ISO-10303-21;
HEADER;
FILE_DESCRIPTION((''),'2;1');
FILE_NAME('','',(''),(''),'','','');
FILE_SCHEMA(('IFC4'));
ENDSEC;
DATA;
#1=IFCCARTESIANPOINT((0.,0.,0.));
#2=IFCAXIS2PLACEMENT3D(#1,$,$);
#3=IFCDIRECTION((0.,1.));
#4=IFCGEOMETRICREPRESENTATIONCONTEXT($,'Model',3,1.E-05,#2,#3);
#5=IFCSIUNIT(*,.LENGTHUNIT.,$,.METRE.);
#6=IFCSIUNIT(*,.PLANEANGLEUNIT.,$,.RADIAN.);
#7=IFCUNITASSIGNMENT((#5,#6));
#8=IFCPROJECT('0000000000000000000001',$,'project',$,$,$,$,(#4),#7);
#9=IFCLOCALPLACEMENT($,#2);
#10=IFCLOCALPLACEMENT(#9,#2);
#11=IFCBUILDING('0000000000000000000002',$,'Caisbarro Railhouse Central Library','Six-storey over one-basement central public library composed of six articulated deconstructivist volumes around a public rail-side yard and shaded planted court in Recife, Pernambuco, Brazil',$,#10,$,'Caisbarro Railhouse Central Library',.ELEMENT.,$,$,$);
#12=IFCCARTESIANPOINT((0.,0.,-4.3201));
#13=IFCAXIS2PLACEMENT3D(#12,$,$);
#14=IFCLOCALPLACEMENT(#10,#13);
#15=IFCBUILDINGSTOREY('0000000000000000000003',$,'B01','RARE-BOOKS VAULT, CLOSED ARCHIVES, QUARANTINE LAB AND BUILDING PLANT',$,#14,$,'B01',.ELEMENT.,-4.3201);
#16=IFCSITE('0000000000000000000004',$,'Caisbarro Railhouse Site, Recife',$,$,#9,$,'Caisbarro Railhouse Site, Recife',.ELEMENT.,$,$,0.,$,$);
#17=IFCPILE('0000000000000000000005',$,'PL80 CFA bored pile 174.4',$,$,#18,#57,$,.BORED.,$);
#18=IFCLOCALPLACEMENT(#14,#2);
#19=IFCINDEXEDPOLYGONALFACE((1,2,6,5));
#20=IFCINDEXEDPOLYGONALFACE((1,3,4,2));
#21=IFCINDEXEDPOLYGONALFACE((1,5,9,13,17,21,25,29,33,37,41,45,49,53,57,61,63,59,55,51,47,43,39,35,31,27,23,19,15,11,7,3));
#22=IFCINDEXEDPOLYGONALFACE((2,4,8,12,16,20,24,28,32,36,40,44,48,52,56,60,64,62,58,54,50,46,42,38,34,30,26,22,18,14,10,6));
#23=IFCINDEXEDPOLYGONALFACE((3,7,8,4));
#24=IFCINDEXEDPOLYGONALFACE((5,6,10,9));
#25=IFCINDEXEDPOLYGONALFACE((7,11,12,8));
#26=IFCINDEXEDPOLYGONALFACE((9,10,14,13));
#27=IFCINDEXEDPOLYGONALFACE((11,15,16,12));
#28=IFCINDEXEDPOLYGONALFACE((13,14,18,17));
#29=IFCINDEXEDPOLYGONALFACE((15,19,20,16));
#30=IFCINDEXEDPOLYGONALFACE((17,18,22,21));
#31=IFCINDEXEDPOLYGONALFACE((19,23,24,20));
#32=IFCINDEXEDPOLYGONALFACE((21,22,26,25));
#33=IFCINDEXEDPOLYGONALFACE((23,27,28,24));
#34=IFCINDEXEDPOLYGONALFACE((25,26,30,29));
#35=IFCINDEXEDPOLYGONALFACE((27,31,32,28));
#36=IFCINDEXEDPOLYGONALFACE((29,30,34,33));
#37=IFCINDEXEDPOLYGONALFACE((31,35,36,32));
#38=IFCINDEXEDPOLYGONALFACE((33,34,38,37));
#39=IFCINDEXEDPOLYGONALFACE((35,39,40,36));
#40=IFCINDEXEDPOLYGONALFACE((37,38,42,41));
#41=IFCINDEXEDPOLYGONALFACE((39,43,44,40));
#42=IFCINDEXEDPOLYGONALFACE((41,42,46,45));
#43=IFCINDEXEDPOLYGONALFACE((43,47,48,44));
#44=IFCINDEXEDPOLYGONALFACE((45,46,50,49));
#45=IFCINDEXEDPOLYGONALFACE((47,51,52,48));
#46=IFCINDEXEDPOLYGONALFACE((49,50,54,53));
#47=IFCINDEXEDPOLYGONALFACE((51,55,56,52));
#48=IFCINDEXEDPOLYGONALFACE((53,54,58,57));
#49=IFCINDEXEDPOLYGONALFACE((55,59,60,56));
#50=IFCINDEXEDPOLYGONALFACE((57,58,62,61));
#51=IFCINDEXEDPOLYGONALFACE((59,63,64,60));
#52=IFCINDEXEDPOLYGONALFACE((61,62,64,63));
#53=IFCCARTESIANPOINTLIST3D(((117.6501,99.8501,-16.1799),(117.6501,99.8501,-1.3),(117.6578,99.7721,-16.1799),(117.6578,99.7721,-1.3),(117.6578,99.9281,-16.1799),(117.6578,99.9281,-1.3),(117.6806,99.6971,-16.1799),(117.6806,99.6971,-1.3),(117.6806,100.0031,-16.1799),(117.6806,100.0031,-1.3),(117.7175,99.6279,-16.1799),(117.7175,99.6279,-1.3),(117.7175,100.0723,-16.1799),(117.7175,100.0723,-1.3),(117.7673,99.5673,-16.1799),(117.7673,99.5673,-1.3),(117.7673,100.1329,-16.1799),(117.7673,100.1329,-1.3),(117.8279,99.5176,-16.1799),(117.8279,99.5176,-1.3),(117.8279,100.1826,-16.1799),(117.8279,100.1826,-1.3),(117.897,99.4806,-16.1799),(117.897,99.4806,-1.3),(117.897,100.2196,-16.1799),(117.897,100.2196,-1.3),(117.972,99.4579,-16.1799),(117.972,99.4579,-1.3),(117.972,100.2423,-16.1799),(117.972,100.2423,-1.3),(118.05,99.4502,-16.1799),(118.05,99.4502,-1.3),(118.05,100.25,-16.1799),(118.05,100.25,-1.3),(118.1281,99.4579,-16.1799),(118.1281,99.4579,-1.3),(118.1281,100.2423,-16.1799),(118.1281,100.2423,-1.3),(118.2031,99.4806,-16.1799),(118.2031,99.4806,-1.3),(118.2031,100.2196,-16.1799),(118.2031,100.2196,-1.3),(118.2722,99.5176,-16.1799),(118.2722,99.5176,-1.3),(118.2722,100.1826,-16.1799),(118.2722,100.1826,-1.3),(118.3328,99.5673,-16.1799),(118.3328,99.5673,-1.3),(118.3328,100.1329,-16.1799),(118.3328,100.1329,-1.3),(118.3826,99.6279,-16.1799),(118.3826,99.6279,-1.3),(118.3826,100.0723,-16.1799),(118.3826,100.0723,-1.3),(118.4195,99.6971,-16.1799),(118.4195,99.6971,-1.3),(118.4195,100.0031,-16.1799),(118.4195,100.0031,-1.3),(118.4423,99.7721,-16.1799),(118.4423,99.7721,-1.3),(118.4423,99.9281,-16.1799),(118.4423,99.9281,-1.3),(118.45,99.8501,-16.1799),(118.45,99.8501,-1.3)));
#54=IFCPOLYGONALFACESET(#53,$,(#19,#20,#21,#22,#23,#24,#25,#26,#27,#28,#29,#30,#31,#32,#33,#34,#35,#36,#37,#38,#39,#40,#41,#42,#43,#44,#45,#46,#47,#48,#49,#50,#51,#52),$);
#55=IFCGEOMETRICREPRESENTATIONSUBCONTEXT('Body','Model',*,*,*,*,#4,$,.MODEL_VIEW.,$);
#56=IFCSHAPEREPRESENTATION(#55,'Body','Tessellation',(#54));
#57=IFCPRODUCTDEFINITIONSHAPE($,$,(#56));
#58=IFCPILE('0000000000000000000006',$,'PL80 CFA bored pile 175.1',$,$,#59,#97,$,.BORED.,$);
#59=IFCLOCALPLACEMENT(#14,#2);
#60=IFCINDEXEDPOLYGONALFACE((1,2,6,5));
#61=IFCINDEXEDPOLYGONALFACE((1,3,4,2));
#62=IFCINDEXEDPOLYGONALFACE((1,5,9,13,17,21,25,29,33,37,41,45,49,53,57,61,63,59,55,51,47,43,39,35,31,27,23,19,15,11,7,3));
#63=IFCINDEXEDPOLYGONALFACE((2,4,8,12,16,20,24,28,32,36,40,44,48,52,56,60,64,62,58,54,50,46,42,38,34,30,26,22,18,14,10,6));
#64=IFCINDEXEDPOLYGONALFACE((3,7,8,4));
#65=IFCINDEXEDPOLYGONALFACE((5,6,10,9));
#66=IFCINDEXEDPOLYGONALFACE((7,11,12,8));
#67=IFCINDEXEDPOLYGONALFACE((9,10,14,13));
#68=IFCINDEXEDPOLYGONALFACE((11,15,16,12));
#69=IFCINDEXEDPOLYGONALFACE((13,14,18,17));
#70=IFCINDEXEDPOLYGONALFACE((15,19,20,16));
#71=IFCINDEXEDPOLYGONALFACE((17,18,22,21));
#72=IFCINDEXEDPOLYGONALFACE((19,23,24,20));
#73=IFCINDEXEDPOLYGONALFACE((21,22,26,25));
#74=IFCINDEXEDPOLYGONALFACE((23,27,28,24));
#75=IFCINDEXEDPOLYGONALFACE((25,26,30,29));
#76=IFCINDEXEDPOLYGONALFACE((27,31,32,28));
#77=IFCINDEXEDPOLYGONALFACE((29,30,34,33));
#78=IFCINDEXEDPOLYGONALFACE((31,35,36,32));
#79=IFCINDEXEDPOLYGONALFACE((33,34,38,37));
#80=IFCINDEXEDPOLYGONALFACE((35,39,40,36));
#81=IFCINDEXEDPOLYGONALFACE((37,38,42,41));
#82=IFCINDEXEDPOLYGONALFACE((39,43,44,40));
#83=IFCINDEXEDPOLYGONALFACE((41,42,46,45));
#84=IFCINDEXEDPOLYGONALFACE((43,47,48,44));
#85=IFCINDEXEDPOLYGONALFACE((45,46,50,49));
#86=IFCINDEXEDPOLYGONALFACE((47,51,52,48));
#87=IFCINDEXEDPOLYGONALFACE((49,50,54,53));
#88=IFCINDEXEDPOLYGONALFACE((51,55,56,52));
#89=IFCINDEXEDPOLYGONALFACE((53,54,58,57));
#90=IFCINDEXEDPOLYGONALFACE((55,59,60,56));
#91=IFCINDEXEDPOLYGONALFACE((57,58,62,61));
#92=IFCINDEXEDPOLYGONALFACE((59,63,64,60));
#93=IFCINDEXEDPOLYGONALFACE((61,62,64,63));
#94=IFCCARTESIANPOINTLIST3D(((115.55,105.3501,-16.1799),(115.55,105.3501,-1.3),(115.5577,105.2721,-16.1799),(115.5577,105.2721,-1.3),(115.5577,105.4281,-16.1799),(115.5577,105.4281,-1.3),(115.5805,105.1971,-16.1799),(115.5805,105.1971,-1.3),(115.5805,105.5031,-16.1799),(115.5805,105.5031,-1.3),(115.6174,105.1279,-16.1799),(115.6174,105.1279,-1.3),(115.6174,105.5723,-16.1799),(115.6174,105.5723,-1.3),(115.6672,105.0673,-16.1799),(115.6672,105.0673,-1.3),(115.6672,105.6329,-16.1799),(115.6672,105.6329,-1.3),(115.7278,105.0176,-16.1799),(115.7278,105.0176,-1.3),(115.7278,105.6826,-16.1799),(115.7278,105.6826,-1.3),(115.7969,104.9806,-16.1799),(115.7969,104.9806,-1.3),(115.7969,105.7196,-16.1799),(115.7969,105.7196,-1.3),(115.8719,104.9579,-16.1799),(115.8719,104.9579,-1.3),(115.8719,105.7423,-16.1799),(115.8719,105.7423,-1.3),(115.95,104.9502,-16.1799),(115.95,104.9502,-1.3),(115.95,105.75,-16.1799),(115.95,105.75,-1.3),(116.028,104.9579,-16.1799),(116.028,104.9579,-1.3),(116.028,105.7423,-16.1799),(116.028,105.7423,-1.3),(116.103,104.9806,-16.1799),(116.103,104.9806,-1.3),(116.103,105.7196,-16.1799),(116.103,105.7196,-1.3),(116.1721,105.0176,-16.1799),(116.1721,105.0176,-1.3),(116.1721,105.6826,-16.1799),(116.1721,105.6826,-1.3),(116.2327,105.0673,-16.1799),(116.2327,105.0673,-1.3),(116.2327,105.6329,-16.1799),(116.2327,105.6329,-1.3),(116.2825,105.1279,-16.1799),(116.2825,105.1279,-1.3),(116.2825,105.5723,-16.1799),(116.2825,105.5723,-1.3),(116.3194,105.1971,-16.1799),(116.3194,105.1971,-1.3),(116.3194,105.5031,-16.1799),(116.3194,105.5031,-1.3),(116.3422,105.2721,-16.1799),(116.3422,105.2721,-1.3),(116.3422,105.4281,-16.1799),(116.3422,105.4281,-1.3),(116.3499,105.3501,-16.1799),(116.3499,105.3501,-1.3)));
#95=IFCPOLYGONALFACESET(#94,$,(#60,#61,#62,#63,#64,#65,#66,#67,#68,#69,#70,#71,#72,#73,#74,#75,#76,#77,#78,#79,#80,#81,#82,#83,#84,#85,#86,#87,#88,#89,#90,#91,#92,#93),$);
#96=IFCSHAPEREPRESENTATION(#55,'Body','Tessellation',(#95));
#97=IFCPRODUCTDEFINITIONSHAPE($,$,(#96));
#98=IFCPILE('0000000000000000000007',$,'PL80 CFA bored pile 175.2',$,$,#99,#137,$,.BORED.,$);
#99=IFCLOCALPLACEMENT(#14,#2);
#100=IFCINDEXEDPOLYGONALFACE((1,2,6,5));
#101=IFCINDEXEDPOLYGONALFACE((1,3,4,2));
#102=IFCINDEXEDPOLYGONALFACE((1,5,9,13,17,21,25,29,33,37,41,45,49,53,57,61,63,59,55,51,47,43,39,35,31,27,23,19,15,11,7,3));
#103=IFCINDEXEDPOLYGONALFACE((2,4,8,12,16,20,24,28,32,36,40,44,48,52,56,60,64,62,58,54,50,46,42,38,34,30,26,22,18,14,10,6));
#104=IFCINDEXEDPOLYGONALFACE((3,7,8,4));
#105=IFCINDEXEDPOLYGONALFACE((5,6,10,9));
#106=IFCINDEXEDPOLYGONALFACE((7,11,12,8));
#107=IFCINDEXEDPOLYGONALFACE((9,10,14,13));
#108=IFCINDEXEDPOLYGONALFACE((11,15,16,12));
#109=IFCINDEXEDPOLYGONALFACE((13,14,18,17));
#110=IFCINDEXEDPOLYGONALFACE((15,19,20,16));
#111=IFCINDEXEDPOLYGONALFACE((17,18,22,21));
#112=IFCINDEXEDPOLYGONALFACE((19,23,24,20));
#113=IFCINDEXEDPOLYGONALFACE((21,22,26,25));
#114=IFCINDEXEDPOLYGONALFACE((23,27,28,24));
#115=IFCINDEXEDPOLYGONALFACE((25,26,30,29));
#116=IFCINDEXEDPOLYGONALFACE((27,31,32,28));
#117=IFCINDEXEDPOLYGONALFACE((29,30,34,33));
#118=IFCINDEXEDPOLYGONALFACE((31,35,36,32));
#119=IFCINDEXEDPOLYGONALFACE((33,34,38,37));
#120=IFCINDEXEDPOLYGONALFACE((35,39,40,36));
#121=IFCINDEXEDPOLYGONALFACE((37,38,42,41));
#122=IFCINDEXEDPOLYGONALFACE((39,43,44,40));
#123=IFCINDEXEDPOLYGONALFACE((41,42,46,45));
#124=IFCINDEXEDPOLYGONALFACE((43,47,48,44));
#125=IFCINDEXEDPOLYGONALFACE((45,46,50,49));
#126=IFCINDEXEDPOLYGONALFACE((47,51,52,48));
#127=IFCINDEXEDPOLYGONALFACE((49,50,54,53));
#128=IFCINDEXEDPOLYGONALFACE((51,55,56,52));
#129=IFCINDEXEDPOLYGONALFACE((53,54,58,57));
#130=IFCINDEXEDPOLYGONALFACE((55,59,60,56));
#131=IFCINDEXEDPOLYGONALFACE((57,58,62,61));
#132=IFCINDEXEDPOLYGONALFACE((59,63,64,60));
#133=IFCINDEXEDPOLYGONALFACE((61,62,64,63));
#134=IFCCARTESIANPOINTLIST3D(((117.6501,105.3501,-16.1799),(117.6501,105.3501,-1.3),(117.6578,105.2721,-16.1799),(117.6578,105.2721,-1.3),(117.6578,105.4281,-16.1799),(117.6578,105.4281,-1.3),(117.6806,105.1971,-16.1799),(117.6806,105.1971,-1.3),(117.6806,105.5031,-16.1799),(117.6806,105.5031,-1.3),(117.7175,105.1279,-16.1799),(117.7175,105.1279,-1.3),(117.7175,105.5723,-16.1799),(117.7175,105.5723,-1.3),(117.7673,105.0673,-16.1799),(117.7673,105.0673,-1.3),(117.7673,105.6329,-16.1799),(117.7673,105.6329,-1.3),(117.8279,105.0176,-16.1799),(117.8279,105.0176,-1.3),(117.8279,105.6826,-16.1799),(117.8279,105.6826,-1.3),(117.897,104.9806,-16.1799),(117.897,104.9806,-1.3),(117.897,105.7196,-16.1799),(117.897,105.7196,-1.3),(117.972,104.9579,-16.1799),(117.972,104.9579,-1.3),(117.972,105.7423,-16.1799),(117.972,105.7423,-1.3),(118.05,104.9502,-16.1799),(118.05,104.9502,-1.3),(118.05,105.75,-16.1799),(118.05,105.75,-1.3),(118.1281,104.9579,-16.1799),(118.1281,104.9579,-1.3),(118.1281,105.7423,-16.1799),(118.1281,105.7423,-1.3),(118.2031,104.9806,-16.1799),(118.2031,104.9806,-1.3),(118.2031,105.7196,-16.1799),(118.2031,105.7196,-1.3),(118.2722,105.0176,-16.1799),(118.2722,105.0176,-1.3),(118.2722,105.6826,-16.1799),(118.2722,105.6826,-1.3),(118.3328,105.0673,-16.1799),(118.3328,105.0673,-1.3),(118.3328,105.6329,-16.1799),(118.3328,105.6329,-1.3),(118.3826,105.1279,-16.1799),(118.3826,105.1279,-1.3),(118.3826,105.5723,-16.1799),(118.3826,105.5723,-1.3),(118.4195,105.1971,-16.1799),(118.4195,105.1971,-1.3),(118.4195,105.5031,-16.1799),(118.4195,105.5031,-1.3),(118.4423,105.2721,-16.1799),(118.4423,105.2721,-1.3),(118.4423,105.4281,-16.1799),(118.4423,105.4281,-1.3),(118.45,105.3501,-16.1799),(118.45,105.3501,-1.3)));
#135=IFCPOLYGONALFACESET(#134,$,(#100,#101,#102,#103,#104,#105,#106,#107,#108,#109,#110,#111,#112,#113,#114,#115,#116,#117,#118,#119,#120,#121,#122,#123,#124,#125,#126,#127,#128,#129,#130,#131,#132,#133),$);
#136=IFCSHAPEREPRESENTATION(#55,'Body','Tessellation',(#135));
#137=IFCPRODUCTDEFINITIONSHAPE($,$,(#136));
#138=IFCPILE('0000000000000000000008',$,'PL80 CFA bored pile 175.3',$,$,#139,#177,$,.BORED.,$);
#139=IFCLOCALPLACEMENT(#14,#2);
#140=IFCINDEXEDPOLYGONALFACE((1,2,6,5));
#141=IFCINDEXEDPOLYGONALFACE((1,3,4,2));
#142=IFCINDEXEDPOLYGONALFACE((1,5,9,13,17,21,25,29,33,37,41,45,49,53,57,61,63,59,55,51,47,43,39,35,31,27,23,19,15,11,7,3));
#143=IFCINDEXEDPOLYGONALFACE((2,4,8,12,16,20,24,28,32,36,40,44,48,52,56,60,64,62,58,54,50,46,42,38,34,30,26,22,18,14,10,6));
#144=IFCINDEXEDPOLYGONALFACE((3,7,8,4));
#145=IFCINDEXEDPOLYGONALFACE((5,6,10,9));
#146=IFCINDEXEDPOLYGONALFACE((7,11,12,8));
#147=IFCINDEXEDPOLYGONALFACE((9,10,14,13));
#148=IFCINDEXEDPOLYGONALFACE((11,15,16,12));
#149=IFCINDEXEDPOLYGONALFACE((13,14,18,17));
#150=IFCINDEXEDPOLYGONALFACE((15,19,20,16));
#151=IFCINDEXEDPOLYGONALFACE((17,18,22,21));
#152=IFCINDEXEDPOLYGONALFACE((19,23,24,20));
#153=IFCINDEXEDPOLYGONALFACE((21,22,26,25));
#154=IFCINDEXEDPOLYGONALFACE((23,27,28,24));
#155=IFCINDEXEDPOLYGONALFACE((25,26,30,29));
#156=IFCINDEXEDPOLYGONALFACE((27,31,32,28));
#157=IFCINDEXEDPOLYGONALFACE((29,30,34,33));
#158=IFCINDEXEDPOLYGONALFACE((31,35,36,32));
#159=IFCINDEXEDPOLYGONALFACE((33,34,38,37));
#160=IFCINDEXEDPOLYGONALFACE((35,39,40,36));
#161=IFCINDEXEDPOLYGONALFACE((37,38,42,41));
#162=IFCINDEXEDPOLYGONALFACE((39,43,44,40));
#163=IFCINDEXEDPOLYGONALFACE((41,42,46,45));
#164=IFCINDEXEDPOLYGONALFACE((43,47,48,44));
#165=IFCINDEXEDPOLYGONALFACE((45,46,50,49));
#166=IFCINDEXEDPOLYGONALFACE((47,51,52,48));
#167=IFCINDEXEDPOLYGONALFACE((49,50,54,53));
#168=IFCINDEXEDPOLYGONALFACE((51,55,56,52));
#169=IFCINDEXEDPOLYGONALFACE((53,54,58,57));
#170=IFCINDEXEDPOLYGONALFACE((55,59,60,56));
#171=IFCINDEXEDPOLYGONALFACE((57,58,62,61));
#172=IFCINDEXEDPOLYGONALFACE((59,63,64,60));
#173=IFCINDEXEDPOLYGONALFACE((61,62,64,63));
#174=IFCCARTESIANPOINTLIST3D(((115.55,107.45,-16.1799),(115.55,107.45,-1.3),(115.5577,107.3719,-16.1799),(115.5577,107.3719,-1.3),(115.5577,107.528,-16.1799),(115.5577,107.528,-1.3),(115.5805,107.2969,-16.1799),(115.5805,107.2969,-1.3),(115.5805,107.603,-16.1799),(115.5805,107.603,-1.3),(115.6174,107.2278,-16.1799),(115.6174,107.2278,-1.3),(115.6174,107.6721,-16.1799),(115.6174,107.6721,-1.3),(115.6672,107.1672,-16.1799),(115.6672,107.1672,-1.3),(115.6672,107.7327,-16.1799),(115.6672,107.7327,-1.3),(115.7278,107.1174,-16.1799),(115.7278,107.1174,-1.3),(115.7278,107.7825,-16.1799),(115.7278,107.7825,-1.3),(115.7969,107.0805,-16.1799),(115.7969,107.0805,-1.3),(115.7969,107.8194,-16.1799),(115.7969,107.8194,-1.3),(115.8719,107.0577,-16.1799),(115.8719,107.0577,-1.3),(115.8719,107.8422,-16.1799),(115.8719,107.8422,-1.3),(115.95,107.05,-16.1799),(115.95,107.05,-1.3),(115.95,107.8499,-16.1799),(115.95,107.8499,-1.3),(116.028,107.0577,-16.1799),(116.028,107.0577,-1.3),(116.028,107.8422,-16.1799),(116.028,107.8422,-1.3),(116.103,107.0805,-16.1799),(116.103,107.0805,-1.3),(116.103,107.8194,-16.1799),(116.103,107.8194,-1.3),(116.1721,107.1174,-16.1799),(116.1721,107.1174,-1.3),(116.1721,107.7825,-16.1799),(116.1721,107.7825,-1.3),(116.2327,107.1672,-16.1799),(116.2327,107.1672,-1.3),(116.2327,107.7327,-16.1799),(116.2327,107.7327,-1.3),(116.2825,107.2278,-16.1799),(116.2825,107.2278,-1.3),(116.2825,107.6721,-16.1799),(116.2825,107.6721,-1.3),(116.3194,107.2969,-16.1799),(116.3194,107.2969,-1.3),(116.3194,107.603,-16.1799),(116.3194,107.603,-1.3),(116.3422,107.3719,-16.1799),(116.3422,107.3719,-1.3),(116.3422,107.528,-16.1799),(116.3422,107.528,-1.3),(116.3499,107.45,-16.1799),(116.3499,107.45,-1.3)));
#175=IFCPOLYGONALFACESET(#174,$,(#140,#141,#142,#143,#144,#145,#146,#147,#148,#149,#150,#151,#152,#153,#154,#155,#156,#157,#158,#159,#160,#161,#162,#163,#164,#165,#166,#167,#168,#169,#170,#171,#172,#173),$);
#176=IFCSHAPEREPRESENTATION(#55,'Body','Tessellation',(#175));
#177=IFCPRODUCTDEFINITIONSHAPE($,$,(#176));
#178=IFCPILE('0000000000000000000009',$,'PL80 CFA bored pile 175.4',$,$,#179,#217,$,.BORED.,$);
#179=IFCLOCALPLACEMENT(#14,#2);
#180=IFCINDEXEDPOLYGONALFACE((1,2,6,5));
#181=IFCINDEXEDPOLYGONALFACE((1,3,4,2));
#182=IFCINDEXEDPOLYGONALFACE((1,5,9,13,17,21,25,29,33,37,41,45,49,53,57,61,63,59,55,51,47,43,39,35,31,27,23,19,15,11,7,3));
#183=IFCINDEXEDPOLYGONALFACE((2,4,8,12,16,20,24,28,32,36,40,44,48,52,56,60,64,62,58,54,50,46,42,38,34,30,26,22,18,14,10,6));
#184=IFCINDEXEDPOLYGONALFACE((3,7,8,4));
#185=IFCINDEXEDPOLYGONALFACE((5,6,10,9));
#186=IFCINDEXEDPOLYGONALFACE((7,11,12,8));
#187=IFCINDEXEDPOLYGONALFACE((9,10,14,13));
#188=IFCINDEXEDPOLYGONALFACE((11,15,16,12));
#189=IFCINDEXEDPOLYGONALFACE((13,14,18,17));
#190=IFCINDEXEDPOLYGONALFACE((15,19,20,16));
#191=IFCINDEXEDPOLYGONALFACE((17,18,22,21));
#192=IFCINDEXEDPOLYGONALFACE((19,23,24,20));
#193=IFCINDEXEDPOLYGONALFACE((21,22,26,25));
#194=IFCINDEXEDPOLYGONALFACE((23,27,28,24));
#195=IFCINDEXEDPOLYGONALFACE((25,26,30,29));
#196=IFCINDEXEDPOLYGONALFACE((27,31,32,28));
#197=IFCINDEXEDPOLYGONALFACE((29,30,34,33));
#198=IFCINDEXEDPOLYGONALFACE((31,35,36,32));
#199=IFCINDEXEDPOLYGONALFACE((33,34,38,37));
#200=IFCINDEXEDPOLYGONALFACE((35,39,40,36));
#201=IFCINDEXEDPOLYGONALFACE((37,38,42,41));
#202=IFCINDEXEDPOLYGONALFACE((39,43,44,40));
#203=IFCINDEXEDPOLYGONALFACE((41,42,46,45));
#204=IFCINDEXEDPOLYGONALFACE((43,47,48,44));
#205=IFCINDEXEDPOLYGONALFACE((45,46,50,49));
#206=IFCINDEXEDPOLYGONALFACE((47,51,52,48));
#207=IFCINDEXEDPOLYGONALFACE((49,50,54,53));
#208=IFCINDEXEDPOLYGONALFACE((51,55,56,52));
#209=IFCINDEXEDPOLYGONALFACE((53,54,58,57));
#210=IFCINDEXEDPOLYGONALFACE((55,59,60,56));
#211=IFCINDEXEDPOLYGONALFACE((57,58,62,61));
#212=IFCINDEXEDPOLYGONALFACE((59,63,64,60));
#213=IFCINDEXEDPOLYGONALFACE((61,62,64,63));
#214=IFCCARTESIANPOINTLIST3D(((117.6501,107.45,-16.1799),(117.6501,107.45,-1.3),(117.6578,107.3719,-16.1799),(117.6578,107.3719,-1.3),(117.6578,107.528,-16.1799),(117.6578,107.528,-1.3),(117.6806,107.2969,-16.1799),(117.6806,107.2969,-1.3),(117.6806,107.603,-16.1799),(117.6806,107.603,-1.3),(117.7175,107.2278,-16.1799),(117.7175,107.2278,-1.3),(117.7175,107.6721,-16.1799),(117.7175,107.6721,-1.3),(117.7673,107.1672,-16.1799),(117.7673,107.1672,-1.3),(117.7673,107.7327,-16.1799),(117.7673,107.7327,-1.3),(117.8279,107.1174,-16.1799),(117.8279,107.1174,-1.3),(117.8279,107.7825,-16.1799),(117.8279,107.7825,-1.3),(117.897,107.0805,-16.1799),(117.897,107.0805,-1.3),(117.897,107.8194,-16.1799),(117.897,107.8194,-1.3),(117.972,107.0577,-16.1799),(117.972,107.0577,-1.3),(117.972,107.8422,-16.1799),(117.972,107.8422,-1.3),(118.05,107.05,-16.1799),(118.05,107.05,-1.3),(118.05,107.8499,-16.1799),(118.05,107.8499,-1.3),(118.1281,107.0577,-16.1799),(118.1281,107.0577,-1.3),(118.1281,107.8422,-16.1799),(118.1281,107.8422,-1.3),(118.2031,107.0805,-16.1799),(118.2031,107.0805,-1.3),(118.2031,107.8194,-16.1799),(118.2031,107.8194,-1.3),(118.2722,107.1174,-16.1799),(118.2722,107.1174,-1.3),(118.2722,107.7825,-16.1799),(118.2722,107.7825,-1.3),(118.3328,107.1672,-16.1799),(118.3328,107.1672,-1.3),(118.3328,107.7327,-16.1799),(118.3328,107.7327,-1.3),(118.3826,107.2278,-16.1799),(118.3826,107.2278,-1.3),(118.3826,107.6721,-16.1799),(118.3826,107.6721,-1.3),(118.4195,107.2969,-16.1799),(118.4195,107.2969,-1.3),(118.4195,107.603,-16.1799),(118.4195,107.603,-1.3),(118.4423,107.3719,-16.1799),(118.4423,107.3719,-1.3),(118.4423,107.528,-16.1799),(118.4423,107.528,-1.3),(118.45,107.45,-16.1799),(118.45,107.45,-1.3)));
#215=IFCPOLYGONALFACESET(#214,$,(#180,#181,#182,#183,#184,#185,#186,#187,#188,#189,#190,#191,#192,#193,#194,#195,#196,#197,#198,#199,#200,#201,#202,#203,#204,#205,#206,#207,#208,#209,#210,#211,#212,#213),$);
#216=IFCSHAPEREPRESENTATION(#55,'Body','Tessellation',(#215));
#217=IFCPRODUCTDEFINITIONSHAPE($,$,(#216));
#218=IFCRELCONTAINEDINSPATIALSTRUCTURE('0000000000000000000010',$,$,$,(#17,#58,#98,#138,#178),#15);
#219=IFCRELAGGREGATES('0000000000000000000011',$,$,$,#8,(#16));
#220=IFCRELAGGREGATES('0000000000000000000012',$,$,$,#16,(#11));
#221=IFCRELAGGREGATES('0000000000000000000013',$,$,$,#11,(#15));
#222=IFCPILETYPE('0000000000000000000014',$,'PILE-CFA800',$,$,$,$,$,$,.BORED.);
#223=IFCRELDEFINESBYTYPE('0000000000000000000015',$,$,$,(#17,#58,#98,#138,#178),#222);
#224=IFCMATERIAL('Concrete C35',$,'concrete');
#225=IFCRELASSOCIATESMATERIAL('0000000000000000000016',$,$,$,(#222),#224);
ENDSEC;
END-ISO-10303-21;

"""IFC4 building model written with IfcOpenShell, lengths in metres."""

from ifc_helpers import new_model, si_unit, direction, frame, origin, origin_2d, place, context, subcontext, project, spatial, circle, extrude, material, material_profile, profile_set, type_object, element, save


model = new_model("IFC4")

# Units and contexts
model_context = context("Model", 3, precision=1e-05, world=origin(), true_north=direction((0.0, 1.0)))
body_context = subcontext(model_context, "Body", "Model", "MODEL_VIEW")
ifc_project = project(units=[si_unit("LENGTHUNIT", "METRE"), si_unit("PLANEANGLEUNIT", "RADIAN")], contexts=[model_context])

# Site, building, storey
site_placement = place(None, origin())
site = spatial("IfcSite", under=ifc_project, at=site_placement, Name="Caisbarro Railhouse Site, Recife", LongName="Caisbarro Railhouse Site, Recife", CompositionType="ELEMENT", RefElevation=0.0)
building_placement = place(site_placement, origin())
building = spatial("IfcBuilding", under=site, at=building_placement, Name="Caisbarro Railhouse Central Library", Description="Six-storey over one-basement central public library composed of six articulated deconstructivist volumes around a public rail-side yard and shaded planted court in Recife, Pernambuco, Brazil", LongName="Caisbarro Railhouse Central Library", CompositionType="ELEMENT")
storey_placement = place(building_placement, frame((0.0, 0.0, -4.3201)))
storey = spatial("IfcBuildingStorey", under=building, at=storey_placement, Name="B01", Description="RARE-BOOKS VAULT, CLOSED ARCHIVES, QUARANTINE LAB AND BUILDING PLANT", LongName="B01", CompositionType="ELEMENT", Elevation=-4.3201)

# Shared definitions
ifc_material_1 = material(Name="Concrete C35", Category="concrete")

# Piles
ifc_material_profile_1 = material_profile(ifc_material_1, circle(Radius=0.3999, at=origin_2d()), Name="PILE-CFA-800")
ifc_profile_set_1 = profile_set([ifc_material_profile_1], Name="Concrete C35")
pile_type_1 = type_object("IfcPileType", Name="PILE-CFA800", PredefinedType="BORED", material=ifc_profile_set_1)
for number, where, z_axis, x_axis, name in (
    (1, (118.05, 99.8501, -1.3), (0.0, 0.0, -1.0), (1.0, 0.0, 0.0), "PL80 CFA bored pile 174.4"),
    (2, (115.95, 105.3501, -1.3), (0.0, 0.0, -1.0), (1.0, 0.0, 0.0), "PL80 CFA bored pile 175.1"),
    (3, (118.05, 105.3501, -1.3), (0.0, 0.0, -1.0), (1.0, 0.0, 0.0), "PL80 CFA bored pile 175.2"),
    (4, (115.95, 107.45, -1.3), (0.0, 0.0, -1.0), (1.0, 0.0, 0.0), "PL80 CFA bored pile 175.3"),
    (5, (118.05, 107.45, -1.3), (0.0, 0.0, -1.0), (1.0, 0.0, 0.0), "PL80 CFA bored pile 175.4"),
):
    element("IfcPile", number, at=place(storey_placement, frame(where, z_axis=z_axis, x_axis=x_axis)), inside=storey, type_object=pile_type_1, Name=name, PredefinedType="BORED", context=body_context, shape_type="SweptSolid", body=[
        extrude(circle(Radius=0.3999, at=origin_2d()), origin(), (0.0, 0.0, 1.0), 14.8799),
    ])

save(model, "model.ifc")
